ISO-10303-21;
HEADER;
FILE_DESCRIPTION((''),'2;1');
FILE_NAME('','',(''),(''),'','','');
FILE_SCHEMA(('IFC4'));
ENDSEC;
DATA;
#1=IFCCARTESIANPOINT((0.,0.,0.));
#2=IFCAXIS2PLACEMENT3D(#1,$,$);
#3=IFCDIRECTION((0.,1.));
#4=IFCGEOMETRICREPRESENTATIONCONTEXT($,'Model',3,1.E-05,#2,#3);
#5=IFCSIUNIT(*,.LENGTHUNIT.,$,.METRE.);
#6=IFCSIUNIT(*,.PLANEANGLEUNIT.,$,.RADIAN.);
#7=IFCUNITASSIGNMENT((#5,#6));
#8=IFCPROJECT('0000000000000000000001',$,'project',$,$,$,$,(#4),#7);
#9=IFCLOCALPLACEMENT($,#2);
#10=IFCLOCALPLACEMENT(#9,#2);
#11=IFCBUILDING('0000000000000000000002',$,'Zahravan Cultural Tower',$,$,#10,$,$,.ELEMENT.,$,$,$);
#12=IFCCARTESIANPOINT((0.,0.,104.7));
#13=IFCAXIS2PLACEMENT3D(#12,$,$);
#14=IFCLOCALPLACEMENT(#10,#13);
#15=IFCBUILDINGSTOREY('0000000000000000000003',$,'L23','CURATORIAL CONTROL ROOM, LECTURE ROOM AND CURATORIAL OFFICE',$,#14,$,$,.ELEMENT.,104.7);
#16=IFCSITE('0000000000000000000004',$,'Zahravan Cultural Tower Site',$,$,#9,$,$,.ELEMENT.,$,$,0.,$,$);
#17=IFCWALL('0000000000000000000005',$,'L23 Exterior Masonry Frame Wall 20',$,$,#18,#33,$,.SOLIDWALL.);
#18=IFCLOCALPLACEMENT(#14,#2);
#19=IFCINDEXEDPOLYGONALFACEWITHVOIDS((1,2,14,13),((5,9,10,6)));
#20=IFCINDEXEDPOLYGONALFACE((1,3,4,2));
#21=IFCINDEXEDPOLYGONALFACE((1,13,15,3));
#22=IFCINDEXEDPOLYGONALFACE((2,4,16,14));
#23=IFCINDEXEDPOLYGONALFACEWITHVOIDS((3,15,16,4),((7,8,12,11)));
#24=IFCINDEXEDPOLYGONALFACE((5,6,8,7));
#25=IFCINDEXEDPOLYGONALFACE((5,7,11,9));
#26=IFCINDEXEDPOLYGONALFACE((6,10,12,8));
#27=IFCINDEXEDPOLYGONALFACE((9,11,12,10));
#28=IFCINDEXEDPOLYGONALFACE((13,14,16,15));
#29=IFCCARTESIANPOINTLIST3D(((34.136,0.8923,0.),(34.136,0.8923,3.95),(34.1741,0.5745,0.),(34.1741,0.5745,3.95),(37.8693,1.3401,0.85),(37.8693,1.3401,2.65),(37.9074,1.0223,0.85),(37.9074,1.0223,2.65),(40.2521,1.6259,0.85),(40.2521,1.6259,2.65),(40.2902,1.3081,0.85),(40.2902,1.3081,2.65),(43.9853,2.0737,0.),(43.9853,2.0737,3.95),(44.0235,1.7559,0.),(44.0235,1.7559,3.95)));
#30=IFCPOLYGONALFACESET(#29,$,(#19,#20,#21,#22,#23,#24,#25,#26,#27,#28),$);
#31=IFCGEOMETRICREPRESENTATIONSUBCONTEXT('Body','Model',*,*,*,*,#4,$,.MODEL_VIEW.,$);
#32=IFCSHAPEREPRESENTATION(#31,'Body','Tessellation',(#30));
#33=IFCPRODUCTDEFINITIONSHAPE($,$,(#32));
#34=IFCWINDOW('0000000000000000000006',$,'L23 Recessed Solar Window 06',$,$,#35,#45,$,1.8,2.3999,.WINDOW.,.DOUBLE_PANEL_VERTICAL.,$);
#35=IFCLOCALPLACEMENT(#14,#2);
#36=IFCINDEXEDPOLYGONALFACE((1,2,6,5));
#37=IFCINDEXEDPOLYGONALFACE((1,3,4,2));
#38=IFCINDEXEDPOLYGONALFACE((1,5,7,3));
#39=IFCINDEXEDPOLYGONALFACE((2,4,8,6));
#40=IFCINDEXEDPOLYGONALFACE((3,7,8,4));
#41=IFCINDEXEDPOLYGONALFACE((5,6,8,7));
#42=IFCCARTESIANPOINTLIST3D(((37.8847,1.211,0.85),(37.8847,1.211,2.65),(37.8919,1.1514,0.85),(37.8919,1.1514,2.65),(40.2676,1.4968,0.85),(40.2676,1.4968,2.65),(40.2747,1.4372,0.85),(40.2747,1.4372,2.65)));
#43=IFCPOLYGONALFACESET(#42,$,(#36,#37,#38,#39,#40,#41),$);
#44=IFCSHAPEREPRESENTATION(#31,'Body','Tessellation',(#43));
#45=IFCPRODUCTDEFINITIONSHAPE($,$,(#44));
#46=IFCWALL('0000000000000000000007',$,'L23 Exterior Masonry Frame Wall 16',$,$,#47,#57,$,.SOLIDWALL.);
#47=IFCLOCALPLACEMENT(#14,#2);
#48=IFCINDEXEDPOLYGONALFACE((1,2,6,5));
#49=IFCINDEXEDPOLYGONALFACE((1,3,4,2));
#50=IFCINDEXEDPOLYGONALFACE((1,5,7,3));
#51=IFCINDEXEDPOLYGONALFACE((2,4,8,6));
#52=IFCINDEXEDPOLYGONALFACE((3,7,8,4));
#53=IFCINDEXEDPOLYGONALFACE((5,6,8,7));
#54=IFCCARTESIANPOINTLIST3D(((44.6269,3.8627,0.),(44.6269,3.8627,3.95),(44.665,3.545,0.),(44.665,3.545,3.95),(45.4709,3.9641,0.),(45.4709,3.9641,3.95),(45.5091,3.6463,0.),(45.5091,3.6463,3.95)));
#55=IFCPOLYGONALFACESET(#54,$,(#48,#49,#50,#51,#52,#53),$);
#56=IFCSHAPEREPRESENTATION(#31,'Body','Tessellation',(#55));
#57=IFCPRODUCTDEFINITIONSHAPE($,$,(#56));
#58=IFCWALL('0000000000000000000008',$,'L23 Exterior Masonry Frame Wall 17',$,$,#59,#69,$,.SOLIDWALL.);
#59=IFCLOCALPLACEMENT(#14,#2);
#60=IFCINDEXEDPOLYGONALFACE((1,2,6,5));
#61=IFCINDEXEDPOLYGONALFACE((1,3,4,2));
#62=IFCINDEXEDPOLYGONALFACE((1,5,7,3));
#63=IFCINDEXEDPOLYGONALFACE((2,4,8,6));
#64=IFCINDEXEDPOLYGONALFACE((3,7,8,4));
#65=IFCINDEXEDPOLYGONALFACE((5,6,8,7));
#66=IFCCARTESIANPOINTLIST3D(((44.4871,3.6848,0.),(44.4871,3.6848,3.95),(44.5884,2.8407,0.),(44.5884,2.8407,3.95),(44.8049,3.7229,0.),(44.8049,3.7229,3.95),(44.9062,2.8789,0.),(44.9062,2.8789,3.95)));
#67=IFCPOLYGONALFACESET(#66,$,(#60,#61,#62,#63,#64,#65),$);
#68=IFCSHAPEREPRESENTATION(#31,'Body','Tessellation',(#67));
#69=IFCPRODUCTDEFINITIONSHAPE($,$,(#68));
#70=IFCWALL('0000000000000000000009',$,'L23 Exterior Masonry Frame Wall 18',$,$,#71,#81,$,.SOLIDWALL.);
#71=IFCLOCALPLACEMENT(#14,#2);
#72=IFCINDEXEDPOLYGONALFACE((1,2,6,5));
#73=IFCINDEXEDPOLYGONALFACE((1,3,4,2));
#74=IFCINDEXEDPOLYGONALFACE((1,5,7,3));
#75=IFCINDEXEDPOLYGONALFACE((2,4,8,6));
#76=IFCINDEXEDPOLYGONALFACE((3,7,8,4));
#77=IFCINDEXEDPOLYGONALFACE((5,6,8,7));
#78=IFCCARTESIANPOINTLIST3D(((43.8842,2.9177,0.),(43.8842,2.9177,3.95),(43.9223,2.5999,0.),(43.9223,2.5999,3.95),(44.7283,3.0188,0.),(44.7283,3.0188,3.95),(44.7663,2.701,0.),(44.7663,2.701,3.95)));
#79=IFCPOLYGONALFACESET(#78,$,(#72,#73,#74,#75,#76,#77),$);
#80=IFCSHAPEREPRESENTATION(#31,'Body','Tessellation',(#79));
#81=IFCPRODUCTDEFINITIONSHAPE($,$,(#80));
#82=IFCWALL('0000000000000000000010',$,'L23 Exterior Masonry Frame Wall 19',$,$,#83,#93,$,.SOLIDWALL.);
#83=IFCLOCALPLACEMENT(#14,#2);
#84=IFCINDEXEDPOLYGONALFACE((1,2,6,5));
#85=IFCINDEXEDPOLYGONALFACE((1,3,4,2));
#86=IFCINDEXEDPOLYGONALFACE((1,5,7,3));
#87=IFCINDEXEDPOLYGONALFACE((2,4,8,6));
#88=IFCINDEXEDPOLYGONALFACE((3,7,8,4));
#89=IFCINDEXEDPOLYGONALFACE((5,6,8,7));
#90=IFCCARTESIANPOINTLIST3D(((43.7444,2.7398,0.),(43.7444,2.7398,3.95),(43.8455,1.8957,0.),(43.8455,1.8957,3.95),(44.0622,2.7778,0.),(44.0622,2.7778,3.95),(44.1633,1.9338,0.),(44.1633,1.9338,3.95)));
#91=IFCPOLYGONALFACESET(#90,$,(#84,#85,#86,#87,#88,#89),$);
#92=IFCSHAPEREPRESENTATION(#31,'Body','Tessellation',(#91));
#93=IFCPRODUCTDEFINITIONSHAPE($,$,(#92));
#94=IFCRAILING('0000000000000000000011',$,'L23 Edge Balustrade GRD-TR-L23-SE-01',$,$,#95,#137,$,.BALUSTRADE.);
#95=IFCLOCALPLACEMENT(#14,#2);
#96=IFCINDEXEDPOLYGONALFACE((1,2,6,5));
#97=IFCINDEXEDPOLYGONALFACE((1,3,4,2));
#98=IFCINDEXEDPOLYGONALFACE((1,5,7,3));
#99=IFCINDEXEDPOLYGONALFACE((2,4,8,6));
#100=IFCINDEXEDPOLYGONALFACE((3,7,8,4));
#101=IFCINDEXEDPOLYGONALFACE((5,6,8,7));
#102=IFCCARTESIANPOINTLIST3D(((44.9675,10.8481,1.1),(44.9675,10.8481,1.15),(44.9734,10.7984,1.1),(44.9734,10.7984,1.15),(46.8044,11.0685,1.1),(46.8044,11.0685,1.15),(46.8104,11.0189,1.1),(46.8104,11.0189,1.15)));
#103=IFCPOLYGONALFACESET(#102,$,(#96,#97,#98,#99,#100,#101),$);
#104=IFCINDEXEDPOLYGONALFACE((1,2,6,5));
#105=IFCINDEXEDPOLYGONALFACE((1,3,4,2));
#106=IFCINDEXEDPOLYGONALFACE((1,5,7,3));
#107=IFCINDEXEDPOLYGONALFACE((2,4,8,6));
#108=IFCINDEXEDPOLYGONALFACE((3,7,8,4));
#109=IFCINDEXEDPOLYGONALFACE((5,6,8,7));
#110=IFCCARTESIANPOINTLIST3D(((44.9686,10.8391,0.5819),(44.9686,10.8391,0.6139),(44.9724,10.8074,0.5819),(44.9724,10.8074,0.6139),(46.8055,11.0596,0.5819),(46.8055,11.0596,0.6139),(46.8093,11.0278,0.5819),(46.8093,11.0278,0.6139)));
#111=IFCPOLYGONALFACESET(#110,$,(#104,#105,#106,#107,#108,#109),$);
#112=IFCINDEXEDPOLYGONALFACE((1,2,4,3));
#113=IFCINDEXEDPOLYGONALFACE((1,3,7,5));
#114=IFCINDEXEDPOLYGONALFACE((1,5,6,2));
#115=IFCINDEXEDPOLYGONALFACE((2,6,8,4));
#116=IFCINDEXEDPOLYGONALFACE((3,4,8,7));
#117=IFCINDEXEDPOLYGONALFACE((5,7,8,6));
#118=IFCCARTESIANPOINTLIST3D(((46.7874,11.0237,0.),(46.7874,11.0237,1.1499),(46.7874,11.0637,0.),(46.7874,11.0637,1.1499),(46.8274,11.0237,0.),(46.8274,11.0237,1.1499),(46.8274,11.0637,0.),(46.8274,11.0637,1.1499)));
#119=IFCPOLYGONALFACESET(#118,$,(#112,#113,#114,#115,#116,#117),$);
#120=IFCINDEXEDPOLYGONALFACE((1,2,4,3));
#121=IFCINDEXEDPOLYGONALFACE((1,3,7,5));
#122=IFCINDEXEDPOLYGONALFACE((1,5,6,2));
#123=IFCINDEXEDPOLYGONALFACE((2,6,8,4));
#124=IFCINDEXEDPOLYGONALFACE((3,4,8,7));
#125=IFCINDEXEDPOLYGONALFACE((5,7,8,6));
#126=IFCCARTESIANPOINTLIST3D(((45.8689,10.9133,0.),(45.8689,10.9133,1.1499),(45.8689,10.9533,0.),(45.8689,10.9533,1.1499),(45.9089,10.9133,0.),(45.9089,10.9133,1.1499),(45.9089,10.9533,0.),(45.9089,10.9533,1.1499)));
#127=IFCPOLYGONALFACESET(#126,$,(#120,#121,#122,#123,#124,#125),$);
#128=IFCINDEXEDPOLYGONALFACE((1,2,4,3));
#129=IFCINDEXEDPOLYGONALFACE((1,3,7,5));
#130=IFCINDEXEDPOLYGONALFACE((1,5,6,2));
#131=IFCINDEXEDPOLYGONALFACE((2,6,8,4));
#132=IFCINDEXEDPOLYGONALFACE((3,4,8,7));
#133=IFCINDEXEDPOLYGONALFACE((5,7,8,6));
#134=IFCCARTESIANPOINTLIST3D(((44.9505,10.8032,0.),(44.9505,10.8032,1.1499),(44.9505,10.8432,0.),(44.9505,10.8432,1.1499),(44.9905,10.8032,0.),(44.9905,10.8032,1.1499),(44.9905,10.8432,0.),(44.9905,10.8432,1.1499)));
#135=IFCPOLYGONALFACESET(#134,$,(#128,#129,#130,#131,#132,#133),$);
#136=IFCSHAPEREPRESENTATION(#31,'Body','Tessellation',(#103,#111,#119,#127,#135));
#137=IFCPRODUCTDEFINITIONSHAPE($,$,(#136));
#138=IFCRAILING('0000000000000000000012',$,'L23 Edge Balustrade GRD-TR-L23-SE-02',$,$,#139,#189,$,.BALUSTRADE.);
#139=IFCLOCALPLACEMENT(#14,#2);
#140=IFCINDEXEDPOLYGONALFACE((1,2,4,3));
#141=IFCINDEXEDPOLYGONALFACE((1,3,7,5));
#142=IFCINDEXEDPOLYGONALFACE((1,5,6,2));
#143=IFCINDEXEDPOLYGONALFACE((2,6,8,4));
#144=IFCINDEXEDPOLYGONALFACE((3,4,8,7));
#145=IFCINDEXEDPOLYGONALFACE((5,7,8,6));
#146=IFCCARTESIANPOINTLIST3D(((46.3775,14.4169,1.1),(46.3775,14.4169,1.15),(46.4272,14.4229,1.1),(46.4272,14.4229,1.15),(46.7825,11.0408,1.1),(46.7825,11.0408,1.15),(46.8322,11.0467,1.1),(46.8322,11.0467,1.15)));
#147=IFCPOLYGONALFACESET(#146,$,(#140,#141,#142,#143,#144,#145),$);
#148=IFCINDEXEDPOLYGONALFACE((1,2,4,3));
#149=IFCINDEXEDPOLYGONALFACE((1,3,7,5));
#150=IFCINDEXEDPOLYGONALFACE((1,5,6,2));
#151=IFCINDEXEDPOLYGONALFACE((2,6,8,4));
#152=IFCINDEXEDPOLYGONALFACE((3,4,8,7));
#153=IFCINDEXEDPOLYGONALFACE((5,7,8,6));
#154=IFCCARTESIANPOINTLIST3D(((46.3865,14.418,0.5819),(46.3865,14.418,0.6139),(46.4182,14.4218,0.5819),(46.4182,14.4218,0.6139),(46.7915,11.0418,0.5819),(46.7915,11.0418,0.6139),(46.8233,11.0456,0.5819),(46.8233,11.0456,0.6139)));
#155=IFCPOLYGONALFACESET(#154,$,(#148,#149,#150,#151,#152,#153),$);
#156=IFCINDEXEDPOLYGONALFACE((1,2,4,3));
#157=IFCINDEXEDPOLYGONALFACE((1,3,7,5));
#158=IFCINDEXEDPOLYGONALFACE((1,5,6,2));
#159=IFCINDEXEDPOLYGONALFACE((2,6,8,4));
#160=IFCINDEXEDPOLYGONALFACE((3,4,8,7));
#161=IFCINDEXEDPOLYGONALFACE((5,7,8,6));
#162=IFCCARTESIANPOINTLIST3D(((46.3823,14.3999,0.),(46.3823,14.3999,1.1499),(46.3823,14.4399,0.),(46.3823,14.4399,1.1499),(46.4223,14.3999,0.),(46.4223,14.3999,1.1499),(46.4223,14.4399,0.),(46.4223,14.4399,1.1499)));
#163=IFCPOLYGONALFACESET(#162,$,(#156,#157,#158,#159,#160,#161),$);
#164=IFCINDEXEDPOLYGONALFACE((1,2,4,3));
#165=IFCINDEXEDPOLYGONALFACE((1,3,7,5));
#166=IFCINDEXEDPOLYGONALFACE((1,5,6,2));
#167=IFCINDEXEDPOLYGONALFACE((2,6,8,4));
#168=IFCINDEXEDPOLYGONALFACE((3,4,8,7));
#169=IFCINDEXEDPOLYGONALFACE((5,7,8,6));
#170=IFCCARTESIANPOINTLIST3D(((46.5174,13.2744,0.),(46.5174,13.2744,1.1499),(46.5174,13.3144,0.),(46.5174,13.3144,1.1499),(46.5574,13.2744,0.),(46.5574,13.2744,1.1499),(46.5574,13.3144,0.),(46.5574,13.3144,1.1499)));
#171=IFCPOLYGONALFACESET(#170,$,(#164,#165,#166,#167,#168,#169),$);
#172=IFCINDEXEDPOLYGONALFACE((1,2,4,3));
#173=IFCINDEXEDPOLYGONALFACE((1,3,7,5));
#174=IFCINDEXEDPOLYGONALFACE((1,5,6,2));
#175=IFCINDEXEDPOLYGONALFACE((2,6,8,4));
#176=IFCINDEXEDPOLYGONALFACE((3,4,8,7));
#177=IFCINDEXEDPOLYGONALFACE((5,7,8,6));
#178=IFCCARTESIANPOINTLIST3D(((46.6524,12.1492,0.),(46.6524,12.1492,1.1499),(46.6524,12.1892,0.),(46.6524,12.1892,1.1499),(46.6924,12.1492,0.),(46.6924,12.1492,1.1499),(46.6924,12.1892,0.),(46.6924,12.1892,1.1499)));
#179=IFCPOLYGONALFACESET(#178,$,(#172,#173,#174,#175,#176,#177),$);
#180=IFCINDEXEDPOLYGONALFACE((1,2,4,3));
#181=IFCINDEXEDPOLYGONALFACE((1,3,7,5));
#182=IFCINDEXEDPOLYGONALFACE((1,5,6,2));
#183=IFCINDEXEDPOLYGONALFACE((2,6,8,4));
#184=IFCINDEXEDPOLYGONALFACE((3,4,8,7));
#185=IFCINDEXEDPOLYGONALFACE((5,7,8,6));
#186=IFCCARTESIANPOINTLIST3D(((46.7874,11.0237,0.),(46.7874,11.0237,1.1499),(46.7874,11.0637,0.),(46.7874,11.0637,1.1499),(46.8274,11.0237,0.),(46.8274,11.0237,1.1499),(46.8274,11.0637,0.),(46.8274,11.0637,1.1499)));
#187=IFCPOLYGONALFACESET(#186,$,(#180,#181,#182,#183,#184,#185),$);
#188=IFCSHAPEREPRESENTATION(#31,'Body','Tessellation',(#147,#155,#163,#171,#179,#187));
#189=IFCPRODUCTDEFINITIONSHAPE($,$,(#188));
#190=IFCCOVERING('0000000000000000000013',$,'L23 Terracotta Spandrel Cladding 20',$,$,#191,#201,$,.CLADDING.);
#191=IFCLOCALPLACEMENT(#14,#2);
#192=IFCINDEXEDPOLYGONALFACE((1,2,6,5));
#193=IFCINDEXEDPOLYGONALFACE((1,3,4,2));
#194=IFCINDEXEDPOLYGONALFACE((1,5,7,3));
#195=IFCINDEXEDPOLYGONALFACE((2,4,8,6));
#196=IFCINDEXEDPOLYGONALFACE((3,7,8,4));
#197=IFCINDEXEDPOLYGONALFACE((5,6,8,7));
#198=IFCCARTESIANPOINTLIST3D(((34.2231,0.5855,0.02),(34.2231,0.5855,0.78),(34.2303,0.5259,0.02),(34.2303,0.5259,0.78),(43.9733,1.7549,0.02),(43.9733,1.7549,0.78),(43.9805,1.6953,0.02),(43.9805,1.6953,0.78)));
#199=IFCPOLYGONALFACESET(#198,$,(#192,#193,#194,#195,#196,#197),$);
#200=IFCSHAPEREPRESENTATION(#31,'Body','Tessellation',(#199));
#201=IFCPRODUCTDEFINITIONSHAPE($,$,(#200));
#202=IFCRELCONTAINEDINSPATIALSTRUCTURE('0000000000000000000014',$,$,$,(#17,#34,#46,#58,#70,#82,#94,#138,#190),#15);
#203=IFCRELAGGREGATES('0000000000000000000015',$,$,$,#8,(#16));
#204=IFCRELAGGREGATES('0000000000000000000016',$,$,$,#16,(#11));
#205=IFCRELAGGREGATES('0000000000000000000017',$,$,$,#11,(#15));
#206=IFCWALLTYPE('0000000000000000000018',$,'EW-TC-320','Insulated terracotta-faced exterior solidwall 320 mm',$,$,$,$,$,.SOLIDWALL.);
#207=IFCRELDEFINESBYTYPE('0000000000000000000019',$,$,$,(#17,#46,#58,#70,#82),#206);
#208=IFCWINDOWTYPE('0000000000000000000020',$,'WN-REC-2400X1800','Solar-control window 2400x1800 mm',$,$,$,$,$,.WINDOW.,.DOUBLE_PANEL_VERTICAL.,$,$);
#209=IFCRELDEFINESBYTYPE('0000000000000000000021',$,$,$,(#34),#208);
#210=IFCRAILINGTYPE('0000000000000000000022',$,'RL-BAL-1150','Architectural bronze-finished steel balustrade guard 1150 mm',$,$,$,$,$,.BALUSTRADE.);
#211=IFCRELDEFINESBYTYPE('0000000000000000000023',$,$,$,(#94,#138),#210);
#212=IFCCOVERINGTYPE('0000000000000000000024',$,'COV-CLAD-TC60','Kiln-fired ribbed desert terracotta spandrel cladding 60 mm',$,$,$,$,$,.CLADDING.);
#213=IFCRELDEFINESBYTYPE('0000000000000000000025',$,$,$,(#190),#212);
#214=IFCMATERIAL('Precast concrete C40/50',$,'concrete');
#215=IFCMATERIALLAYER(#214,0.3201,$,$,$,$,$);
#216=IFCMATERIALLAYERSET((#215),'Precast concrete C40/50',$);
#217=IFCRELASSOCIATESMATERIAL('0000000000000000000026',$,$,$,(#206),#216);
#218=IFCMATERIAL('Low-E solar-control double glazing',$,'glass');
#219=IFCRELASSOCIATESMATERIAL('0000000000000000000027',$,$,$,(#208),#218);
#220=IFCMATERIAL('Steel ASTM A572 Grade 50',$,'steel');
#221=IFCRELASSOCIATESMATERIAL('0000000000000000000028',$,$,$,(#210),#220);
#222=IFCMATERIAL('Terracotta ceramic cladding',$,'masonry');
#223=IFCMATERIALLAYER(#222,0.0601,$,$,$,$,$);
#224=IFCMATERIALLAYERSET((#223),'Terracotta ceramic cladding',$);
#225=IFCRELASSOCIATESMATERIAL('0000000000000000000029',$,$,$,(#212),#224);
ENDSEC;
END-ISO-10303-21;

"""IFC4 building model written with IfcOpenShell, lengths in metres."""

from ifc_helpers import new_model, si_unit, direction, frame, frame_2d, origin, origin_2d, place, context, subcontext, project, spatial, rectangle, extrude, source, transform, mapped, material, layer, layer_set, type_object, element, fill, save


model = new_model("IFC4")

# Units and contexts
model_context = context("Model", 3, precision=1e-05, world=origin(), true_north=direction((0.0, 1.0)))
body_context = subcontext(model_context, "Body", "Model", "MODEL_VIEW")
ifc_project = project(units=[si_unit("LENGTHUNIT", "METRE"), si_unit("PLANEANGLEUNIT", "RADIAN")], contexts=[model_context])

# Site, building, storey
site_placement = place(None, origin())
site = spatial("IfcSite", under=ifc_project, at=site_placement, Name="Zahravan Cultural Tower Site", CompositionType="ELEMENT", RefElevation=0.0)
building_placement = place(site_placement, origin())
building = spatial("IfcBuilding", under=site, at=building_placement, Name="Zahravan Cultural Tower", CompositionType="ELEMENT")
storey_placement = place(building_placement, frame((0.0, 0.0, 104.7)))
storey = spatial("IfcBuildingStorey", under=building, at=storey_placement, Name="L23", Description="CURATORIAL CONTROL ROOM, LECTURE ROOM AND CURATORIAL OFFICE", CompositionType="ELEMENT", Elevation=104.7)

# Wall, opening, window
ifc_material_1 = material(Name="Precast concrete C40/50", Category="concrete")
ifc_layer_1 = layer(ifc_material_1, 0.3201)
ifc_layer_set_1 = layer_set([ifc_layer_1], Name="Precast concrete C40/50")
wall_type = type_object("IfcWallType", Name="EW-TC-320", Description="Insulated terracotta-faced exterior solidwall 320 mm", PredefinedType="SOLIDWALL", material=ifc_layer_set_1)
ifc_material_2 = material(Name="Low-E solar-control double glazing", Category="glass")
window_type = type_object("IfcWindowType", Name="WN-REC-2400X1800", Description="Solar-control window 2400x1800 mm", PartitioningType="DOUBLE_PANEL_VERTICAL", PredefinedType="WINDOW", material=ifc_material_2)
shared_shape_1 = source(origin(), body_context, "Body", "SweptSolid", [
    extrude(rectangle(XDim=2.3999, YDim=1.8, at=frame_2d((1.2, 0.8999))), frame((0.0, 0.03, 0.0), z_axis=(0.0, -1.0, 0.0), x_axis=(1.0, 0.0, 0.0)), (0.0, 0.0, 1.0), 0.0601),
])
wall_1_placement = place(storey_placement, frame((44.0044, 1.9148, 0.0), z_axis=(0.0, 0.0, 1.0), x_axis=(-0.992883, -0.119093, 0.0)))
wall_1 = element("IfcWall", 1, at=wall_1_placement, inside=storey, type_object=wall_type, Name="L23 Exterior Masonry Frame Wall 20", PredefinedType="SOLIDWALL", context=body_context, shape_type="SweptSolid", body=[
    extrude(rectangle(XDim=9.9199, YDim=0.3201, at=frame_2d((4.96, 0.0))), origin(), (0.0, 0.0, 1.0), 3.95),
])
opening_1_placement = place(wall_1_placement, frame((3.76, 0.0, 0.8501)))
opening_1 = element("IfcOpeningElement", 2, at=opening_1_placement, cuts=wall_1, PredefinedType="OPENING", context=body_context, shape_type="SweptSolid", body=[
    extrude(rectangle(XDim=2.3999, YDim=1.8, at=frame_2d((1.2, 0.8999))), frame((0.0, 0.1699, 0.0), z_axis=(0.0, -1.0, 0.0), x_axis=(1.0, 0.0, 0.0)), (0.0, 0.0, 1.0), 0.3401),
])
window_1_placement = place(opening_1_placement, origin())
window_1 = element("IfcWindow", 3, at=window_1_placement, inside=storey, type_object=window_type, Name="L23 Recessed Solar Window 06", OverallHeight=1.8, OverallWidth=2.3999, PartitioningType="DOUBLE_PANEL_VERTICAL", PredefinedType="WINDOW", context=body_context, shape_type="MappedRepresentation", body=[
    mapped(shared_shape_1, transform((0.0, 0.0, 0.0), x_axis=(1.0, 0.0, 0.0), y_axis=(0.0, 1.0, 0.0), z_axis=(0.0, 0.0, 1.0), scale=1.0)),
])
fill(opening_1, window_1)

# Walls
shared_shape_2 = source(origin(), body_context, "Body", "SweptSolid", [
    extrude(rectangle(XDim=0.8501, YDim=0.3201, at=frame_2d((0.425, 0.0))), origin(), (0.0, 0.0, 1.0), 3.95),
])
for number, where, z_axis, x_axis, name in (
    (4, (45.49, 3.8052, 0.0), (0.0, 0.0, 1.0), (-0.992871, -0.119191, 0.0), "L23 Exterior Masonry Frame Wall 16"),
    (5, (44.646, 3.7039, 0.0), (0.0, 0.0, 1.0), (0.119191, -0.992871, 0.0), "L23 Exterior Masonry Frame Wall 17"),
    (6, (44.7473, 2.8599, 0.0), (0.0, 0.0, 1.0), (-0.992905, -0.118907, 0.0), "L23 Exterior Masonry Frame Wall 18"),
    (7, (43.9033, 2.7588, 0.0), (0.0, 0.0, 1.0), (0.118907, -0.992905, 0.0), "L23 Exterior Masonry Frame Wall 19"),
):
    element("IfcWall", number, at=place(storey_placement, frame(where, z_axis=z_axis, x_axis=x_axis)), inside=storey, type_object=wall_type, Name=name, PredefinedType="SOLIDWALL", context=body_context, shape_type="MappedRepresentation", body=[
        mapped(shared_shape_2, transform((0.0, 0.0, 0.0), x_axis=(1.0, 0.0, 0.0), y_axis=(0.0, 1.0, 0.0), z_axis=(0.0, 0.0, 1.0), scale=1.0)),
    ])

# Railings
ifc_material_3 = material(Name="Steel ASTM A572 Grade 50", Category="steel")
railing_type = type_object("IfcRailingType", Name="RL-BAL-1150", Description="Architectural bronze-finished steel balustrade guard 1150 mm", PredefinedType="BALUSTRADE", material=ifc_material_3)
railing_1_placement = place(storey_placement, frame((46.8074, 11.0437, 0.0)))
element("IfcRailing", 8, at=railing_1_placement, inside=storey, type_object=railing_type, Name="L23 Edge Balustrade GRD-TR-L23-SE-01", PredefinedType="BALUSTRADE", context=body_context, shape_type="SweptSolid", body=[
    extrude(rectangle(XDim=0.05, YDim=0.05, at=origin_2d()), frame((0.0, 0.0, 1.125), z_axis=(-0.992875, -0.119161, 0.0), x_axis=(0.119161, -0.992875, 0.0)), (0.0, 0.0, 1.0), 1.8501),
    extrude(rectangle(XDim=0.032, YDim=0.032, at=origin_2d()), frame((0.0, 0.0, 0.5979), z_axis=(-0.992875, -0.119161, 0.0), x_axis=(0.119161, -0.992875, 0.0)), (0.0, 0.0, 1.0), 1.8501),
    extrude(rectangle(XDim=0.04, YDim=0.04, at=origin_2d()), origin(), (0.0, 0.0, 1.0), 1.1499),
    extrude(rectangle(XDim=0.04, YDim=0.04, at=origin_2d()), frame((-0.9185, -0.1104, 0.0)), (0.0, 0.0, 1.0), 1.1499),
    extrude(rectangle(XDim=0.04, YDim=0.04, at=origin_2d()), frame((-1.8369, -0.2205, 0.0)), (0.0, 0.0, 1.0), 1.1499),
])
railing_2_placement = place(storey_placement, frame((46.4023, 14.4199, 0.0)))
element("IfcRailing", 9, at=railing_2_placement, inside=storey, type_object=railing_type, Name="L23 Edge Balustrade GRD-TR-L23-SE-02", PredefinedType="BALUSTRADE", context=body_context, shape_type="SweptSolid", body=[
    extrude(rectangle(XDim=0.05, YDim=0.05, at=origin_2d()), frame((0.0, 0.0, 1.125), z_axis=(0.119111, -0.992881, 0.0), x_axis=(0.992881, 0.119111, 0.0)), (0.0, 0.0, 1.0), 3.4004),
    extrude(rectangle(XDim=0.032, YDim=0.032, at=origin_2d()), frame((0.0, 0.0, 0.5979), z_axis=(0.119111, -0.992881, 0.0), x_axis=(0.992881, 0.119111, 0.0)), (0.0, 0.0, 1.0), 3.4004),
    extrude(rectangle(XDim=0.04, YDim=0.04, at=origin_2d()), origin(), (0.0, 0.0, 1.0), 1.1499),
    extrude(rectangle(XDim=0.04, YDim=0.04, at=origin_2d()), frame((0.135, -1.1255, 0.0)), (0.0, 0.0, 1.0), 1.1499),
    extrude(rectangle(XDim=0.04, YDim=0.04, at=origin_2d()), frame((0.27, -2.2507, 0.0)), (0.0, 0.0, 1.0), 1.1499),
    extrude(rectangle(XDim=0.04, YDim=0.04, at=origin_2d()), frame((0.405, -3.3762, 0.0)), (0.0, 0.0, 1.0), 1.1499),
])

# Covering
ifc_material_4 = material(Name="Terracotta ceramic cladding", Category="masonry")
ifc_layer_2 = layer(ifc_material_4, 0.0601)
ifc_layer_set_2 = layer_set([ifc_layer_2], Name="Terracotta ceramic cladding")
covering_type = type_object("IfcCoveringType", Name="COV-CLAD-TC60", Description="Kiln-fired ribbed desert terracotta spandrel cladding 60 mm", PredefinedType="CLADDING", material=ifc_layer_set_2)
shared_shape_3 = source(origin(), body_context, "Body", "SweptSolid", [
    extrude(rectangle(XDim=9.8201, YDim=0.0601, at=origin_2d()), origin(), (0.0, 0.0, 1.0), 0.76),
])
covering_1_placement = place(storey_placement, frame((39.1018, 1.1404, 0.02), z_axis=(0.0, 0.0, 1.0), x_axis=(-0.992885, -0.11908, 0.0)))
element("IfcCovering", 10, at=covering_1_placement, inside=storey, type_object=covering_type, Name="L23 Terracotta Spandrel Cladding 20", PredefinedType="CLADDING", context=body_context, shape_type="MappedRepresentation", body=[
    mapped(shared_shape_3, transform((0.0, 0.0, 0.0), x_axis=(1.0, 0.0, 0.0), y_axis=(0.0, 1.0, 0.0), z_axis=(0.0, 0.0, 1.0), scale=1.0)),
])

save(model, "model.ifc")
